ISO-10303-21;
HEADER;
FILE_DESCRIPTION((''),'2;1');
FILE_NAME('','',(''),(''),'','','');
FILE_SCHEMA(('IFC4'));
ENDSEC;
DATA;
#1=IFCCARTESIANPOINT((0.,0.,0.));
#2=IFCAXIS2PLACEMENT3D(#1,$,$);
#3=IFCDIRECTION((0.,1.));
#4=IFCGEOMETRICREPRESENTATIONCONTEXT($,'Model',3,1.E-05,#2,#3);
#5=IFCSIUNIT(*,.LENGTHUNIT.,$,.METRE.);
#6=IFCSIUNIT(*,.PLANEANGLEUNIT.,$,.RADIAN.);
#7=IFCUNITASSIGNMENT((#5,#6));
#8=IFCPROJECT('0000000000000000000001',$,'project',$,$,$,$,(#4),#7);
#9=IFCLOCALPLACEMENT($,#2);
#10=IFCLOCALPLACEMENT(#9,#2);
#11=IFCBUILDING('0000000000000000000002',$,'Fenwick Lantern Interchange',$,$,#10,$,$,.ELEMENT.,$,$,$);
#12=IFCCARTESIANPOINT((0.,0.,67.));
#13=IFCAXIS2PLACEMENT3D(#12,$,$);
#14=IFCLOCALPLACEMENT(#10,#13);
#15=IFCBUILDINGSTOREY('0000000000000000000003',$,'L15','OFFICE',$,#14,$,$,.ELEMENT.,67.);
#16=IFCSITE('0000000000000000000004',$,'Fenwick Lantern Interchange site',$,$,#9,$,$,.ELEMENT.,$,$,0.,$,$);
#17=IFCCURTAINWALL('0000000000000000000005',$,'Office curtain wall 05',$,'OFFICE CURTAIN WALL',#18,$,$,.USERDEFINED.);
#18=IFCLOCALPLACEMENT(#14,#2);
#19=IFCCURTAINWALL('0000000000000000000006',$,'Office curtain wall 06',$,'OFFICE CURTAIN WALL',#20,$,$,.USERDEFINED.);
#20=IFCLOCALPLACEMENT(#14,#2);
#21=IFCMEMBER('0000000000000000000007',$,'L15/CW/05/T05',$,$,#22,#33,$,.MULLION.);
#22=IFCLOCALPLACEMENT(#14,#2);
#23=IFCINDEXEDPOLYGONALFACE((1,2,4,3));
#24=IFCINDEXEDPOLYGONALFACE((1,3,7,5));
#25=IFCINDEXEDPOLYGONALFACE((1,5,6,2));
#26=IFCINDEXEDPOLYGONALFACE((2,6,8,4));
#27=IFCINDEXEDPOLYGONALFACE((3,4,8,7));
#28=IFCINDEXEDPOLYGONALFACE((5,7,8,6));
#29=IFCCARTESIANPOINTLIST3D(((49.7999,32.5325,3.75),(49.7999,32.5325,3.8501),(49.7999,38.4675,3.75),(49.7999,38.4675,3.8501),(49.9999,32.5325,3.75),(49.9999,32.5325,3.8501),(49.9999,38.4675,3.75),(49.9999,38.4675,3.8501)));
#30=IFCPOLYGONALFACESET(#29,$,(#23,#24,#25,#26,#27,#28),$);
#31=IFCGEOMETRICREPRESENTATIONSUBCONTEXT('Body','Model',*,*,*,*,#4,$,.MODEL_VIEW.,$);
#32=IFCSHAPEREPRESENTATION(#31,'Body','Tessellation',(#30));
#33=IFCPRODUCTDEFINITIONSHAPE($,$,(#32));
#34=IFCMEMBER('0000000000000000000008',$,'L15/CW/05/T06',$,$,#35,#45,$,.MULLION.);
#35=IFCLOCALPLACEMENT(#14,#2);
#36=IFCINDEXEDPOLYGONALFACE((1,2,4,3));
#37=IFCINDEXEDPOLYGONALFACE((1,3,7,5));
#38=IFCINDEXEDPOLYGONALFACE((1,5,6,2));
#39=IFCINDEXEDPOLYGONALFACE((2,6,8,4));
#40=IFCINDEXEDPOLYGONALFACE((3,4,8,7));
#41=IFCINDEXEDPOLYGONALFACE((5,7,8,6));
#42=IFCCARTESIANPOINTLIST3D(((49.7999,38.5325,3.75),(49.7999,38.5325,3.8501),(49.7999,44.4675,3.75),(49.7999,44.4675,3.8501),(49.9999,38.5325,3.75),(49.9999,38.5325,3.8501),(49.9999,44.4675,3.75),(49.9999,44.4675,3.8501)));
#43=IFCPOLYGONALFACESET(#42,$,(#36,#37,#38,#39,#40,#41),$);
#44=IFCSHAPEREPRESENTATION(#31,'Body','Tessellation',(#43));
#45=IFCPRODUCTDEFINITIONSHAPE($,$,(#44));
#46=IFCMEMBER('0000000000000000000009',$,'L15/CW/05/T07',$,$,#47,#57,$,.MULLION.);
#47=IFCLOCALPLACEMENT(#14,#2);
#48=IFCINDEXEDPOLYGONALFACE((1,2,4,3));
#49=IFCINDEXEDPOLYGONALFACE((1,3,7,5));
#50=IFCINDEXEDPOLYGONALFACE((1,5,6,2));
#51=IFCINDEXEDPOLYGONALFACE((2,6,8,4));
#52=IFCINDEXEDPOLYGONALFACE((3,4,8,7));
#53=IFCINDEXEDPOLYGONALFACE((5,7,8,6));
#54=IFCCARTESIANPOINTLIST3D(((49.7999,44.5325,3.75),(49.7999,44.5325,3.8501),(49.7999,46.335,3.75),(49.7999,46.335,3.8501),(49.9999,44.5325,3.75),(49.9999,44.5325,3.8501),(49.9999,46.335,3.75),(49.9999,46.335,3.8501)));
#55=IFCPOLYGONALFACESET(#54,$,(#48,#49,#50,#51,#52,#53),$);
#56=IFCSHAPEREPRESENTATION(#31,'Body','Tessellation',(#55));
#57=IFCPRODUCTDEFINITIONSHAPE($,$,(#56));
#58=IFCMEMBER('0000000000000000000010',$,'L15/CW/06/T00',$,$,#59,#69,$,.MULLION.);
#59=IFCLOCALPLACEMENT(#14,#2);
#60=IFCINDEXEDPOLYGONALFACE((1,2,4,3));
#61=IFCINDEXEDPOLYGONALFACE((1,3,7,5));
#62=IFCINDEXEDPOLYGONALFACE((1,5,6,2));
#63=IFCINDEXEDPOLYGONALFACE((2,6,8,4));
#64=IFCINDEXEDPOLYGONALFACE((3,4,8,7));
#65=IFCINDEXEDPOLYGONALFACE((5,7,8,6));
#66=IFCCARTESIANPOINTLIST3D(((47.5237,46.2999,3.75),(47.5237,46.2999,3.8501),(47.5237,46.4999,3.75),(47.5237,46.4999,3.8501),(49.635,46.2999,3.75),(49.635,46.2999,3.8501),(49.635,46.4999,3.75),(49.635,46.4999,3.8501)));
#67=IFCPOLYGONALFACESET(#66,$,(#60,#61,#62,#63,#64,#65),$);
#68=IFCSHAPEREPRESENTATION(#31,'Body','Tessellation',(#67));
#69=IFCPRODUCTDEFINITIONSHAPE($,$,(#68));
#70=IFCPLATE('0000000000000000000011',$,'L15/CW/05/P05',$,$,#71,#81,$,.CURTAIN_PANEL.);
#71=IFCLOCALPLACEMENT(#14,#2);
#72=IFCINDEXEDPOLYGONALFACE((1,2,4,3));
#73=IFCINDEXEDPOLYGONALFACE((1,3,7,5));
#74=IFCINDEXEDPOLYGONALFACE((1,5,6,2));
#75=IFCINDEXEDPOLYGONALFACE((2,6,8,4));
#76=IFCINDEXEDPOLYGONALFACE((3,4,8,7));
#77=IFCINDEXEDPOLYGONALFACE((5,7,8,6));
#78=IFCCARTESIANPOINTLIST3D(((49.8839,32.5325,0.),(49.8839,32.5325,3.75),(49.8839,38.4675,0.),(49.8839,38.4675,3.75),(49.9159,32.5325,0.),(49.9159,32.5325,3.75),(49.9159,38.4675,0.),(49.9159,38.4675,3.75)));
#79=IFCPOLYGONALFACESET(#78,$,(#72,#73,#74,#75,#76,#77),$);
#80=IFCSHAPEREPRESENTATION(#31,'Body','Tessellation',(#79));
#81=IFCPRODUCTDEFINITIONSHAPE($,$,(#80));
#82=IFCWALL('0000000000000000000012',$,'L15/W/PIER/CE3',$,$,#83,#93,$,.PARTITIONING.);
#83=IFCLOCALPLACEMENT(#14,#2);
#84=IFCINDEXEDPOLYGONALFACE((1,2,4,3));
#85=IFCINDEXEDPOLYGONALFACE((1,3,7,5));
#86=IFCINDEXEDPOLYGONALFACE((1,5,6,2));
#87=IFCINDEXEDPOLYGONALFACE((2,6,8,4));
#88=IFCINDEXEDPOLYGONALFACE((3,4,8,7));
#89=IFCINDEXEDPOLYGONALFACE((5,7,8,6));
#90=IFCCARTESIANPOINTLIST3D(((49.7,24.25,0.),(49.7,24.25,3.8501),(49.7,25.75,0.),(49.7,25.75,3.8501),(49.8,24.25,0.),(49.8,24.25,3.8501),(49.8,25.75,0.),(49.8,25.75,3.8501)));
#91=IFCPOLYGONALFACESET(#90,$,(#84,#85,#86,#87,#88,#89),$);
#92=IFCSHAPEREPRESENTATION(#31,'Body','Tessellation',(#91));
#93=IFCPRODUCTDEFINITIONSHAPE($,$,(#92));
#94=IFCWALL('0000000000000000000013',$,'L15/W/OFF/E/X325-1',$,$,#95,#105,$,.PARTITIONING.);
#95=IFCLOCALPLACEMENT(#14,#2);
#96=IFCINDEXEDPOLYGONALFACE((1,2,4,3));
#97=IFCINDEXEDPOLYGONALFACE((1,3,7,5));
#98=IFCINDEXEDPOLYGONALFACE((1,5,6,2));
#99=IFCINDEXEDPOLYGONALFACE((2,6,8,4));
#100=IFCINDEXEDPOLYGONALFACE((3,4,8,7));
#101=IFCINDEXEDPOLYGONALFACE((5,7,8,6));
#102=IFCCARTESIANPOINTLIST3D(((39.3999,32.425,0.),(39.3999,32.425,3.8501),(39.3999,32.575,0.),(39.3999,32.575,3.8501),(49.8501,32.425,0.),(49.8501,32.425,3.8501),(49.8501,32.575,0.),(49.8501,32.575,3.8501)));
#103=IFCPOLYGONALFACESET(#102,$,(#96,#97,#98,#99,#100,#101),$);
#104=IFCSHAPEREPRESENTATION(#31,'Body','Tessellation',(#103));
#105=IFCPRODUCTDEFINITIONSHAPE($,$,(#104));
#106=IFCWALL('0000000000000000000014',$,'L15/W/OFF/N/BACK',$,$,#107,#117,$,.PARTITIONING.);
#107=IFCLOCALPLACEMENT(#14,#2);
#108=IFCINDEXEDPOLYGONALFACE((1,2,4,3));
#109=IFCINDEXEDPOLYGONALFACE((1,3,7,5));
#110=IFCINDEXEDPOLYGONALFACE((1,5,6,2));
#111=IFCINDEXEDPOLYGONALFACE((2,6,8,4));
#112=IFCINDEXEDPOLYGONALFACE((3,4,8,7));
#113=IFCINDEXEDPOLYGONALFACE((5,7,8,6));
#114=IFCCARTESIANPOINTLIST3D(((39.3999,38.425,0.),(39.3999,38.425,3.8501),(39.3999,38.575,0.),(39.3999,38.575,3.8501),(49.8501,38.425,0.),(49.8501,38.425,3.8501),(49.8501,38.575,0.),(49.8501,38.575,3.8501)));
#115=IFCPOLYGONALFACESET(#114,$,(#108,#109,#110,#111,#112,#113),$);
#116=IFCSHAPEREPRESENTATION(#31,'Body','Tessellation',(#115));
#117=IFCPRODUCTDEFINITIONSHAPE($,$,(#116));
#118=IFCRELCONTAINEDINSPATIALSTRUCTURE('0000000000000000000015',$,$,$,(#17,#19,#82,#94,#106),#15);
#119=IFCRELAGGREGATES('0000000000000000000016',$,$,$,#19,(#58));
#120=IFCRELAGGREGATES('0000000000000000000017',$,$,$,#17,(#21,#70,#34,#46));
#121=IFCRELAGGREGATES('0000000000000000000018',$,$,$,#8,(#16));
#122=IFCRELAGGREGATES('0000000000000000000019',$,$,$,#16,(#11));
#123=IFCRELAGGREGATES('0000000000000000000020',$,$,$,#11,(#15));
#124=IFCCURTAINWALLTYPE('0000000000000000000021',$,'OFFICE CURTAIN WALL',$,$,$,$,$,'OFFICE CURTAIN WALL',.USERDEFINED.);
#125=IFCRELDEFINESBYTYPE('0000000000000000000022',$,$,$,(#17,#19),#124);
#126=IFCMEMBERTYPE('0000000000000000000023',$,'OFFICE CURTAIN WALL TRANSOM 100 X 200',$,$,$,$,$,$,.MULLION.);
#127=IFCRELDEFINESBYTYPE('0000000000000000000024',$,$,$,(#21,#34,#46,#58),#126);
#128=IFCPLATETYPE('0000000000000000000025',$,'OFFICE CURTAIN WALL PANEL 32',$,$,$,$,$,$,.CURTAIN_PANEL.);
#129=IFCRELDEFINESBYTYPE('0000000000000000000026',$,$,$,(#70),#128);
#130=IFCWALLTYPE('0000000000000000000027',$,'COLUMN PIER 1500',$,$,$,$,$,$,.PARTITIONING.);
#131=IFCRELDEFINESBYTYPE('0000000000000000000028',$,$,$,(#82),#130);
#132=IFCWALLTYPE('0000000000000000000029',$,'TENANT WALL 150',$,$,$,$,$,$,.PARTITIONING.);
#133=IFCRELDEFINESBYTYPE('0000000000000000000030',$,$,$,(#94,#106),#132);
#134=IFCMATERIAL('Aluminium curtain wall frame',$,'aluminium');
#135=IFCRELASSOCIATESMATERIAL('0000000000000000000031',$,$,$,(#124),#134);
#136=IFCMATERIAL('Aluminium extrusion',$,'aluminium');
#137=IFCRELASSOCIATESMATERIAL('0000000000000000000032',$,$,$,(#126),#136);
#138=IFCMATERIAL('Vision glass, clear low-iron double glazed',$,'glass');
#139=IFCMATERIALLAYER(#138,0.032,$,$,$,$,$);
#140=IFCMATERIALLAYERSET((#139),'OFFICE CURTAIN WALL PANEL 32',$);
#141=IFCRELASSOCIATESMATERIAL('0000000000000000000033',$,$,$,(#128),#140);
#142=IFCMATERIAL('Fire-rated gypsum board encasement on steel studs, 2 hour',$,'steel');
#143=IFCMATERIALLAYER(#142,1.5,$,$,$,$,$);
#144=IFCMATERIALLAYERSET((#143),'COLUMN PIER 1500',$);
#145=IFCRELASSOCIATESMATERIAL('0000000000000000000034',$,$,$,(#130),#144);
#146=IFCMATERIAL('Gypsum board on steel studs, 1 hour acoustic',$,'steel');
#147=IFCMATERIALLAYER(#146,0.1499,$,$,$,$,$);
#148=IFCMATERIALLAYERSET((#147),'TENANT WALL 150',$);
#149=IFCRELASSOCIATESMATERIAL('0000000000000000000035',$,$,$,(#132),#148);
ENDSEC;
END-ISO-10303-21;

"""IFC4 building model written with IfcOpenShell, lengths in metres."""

from ifc_helpers import new_model, si_unit, direction, frame, frame_2d, origin, origin_2d, place, context, subcontext, project, spatial, rectangle, extrude, material, layer, layer_set, material_profile, profile_set, type_object, element, aggregate, save


model = new_model("IFC4")

# Units and contexts
model_context = context("Model", 3, precision=1e-05, world=origin(), true_north=direction((0.0, 1.0)))
body_context = subcontext(model_context, "Body", "Model", "MODEL_VIEW")
ifc_project = project(units=[si_unit("LENGTHUNIT", "METRE"), si_unit("PLANEANGLEUNIT", "RADIAN")], contexts=[model_context])

# Site, building, storey
site_placement = place(None, origin())
site = spatial("IfcSite", under=ifc_project, at=site_placement, Name="Fenwick Lantern Interchange site", CompositionType="ELEMENT", RefElevation=0.0)
building_placement = place(site_placement, origin())
building = spatial("IfcBuilding", under=site, at=building_placement, Name="Fenwick Lantern Interchange", CompositionType="ELEMENT")
storey_placement = place(building_placement, frame((0.0, 0.0, 67.0)))
storey = spatial("IfcBuildingStorey", under=building, at=storey_placement, Name="L15", Description="OFFICE", CompositionType="ELEMENT", Elevation=67.0)

# Curtain wall
ifc_material_1 = material(Name="Aluminium curtain wall frame", Category="aluminium")
curtain_wall_type = type_object("IfcCurtainWallType", Name="OFFICE CURTAIN WALL", ElementType="OFFICE CURTAIN WALL", PredefinedType="USERDEFINED", material=ifc_material_1)
curtain_wall_1_placement = place(storey_placement, origin())
curtain_wall_1 = element("IfcCurtainWall", 1, at=curtain_wall_1_placement, inside=storey, type_object=curtain_wall_type, Name="Office curtain wall 05", ObjectType="OFFICE CURTAIN WALL", PredefinedType="USERDEFINED")
ifc_material_2 = material(Name="Aluminium extrusion", Category="aluminium")

# Curtain wall
curtain_wall_2_placement = place(storey_placement, origin())
curtain_wall_2 = element("IfcCurtainWall", 2, at=curtain_wall_2_placement, inside=storey, type_object=curtain_wall_type, Name="Office curtain wall 06", ObjectType="OFFICE CURTAIN WALL", PredefinedType="USERDEFINED")

# Members
ifc_material_profile_1 = material_profile(ifc_material_2, rectangle(XDim=0.2, YDim=0.1001, at=origin_2d()), Name="OFFICE CURTAIN WALL TRANSOM 100 X 200")
ifc_profile_set_1 = profile_set([ifc_material_profile_1], Name="Aluminium extrusion")
member_type_1 = type_object("IfcMemberType", Name="OFFICE CURTAIN WALL TRANSOM 100 X 200", PredefinedType="MULLION", material=ifc_profile_set_1)
member_1_placement = place(storey_placement, frame((49.8999, 32.5325, 3.8), z_axis=(0.0, 1.0, 0.0), x_axis=(-1.0, 0.0, 0.0)))
member_1 = element("IfcMember", 3, at=member_1_placement, type_object=member_type_1, Name="L15/CW/05/T05", PredefinedType="MULLION", context=body_context, shape_type="SweptSolid", body=[
    extrude(rectangle(XDim=0.2, YDim=0.1001, at=origin_2d()), origin(), (0.0, 0.0, 1.0), 5.9351),
])
member_2_placement = place(storey_placement, frame((49.8999, 38.5325, 3.8), z_axis=(0.0, 1.0, 0.0), x_axis=(-1.0, 0.0, 0.0)))
member_2 = element("IfcMember", 4, at=member_2_placement, type_object=member_type_1, Name="L15/CW/05/T06", PredefinedType="MULLION", context=body_context, shape_type="SweptSolid", body=[
    extrude(rectangle(XDim=0.2, YDim=0.1001, at=origin_2d()), origin(), (0.0, 0.0, 1.0), 5.9351),
])
member_3_placement = place(storey_placement, frame((49.8999, 44.5325, 3.8), z_axis=(0.0, 1.0, 0.0), x_axis=(-1.0, 0.0, 0.0)))
member_3 = element("IfcMember", 5, at=member_3_placement, type_object=member_type_1, Name="L15/CW/05/T07", PredefinedType="MULLION", context=body_context, shape_type="SweptSolid", body=[
    extrude(rectangle(XDim=0.2, YDim=0.1001, at=origin_2d()), origin(), (0.0, 0.0, 1.0), 1.8025),
])
member_4_placement = place(storey_placement, frame((49.635, 46.3999, 3.8), z_axis=(-1.0, 0.0, 0.0), x_axis=(0.0, -1.0, 0.0)))
member_4 = element("IfcMember", 6, at=member_4_placement, type_object=member_type_1, Name="L15/CW/06/T00", PredefinedType="MULLION", context=body_context, shape_type="SweptSolid", body=[
    extrude(rectangle(XDim=0.2, YDim=0.1001, at=origin_2d()), origin(), (0.0, 0.0, 1.0), 2.1113),
])
aggregate(curtain_wall_2, [member_4])

# Plate
ifc_material_3 = material(Name="Vision glass, clear low-iron double glazed", Category="glass")
ifc_layer_1 = layer(ifc_material_3, 0.032)
ifc_layer_set_1 = layer_set([ifc_layer_1], Name="OFFICE CURTAIN WALL PANEL 32")
plate_type = type_object("IfcPlateType", Name="OFFICE CURTAIN WALL PANEL 32", PredefinedType="CURTAIN_PANEL", material=ifc_layer_set_1)
plate_placement = place(storey_placement, frame((49.8999, 35.5, 0.0), z_axis=(0.0, 0.0, 1.0), x_axis=(0.0, 1.0, 0.0)))
plate = element("IfcPlate", 7, at=plate_placement, type_object=plate_type, Name="L15/CW/05/P05", PredefinedType="CURTAIN_PANEL", context=body_context, shape_type="SweptSolid", body=[
    extrude(rectangle(XDim=5.9351, YDim=0.032, at=origin_2d()), origin(), (0.0, 0.0, 1.0), 3.75),
])
aggregate(curtain_wall_1, [member_1, plate, member_2, member_3])

# Walls
ifc_material_4 = material(Name="Fire-rated gypsum board encasement on steel studs, 2 hour", Category="steel")
ifc_layer_2 = layer(ifc_material_4, 1.5)
ifc_layer_set_2 = layer_set([ifc_layer_2], Name="COLUMN PIER 1500")
wall_type_1 = type_object("IfcWallType", Name="COLUMN PIER 1500", PredefinedType="PARTITIONING", material=ifc_layer_set_2)
wall_placement = place(storey_placement, frame((49.8, 25.0, 0.0), z_axis=(0.0, 0.0, 1.0), x_axis=(-1.0, 0.0, 0.0)))
element("IfcWall", 8, at=wall_placement, inside=storey, type_object=wall_type_1, Name="L15/W/PIER/CE3", PredefinedType="PARTITIONING", context=body_context, shape_type="SweptSolid", body=[
    extrude(rectangle(XDim=0.1001, YDim=1.5, at=frame_2d((0.05, 0.0))), origin(), (0.0, 0.0, 1.0), 3.8501),
])
ifc_material_5 = material(Name="Gypsum board on steel studs, 1 hour acoustic", Category="steel")
ifc_layer_3 = layer(ifc_material_5, 0.1499)
ifc_layer_set_3 = layer_set([ifc_layer_3], Name="TENANT WALL 150")
wall_type_2 = type_object("IfcWallType", Name="TENANT WALL 150", PredefinedType="PARTITIONING", material=ifc_layer_set_3)
for number, where, z_axis, x_axis, name in (
    (9, (49.8501, 32.5, 0.0), (0.0, 0.0, 1.0), (-1.0, 0.0, 0.0), "L15/W/OFF/E/X325-1"),
    (10, (49.8501, 38.5, 0.0), (0.0, 0.0, 1.0), (-1.0, 0.0, 0.0), "L15/W/OFF/N/BACK"),
):
    element("IfcWall", number, at=place(storey_placement, frame(where, z_axis=z_axis, x_axis=x_axis)), inside=storey, type_object=wall_type_2, Name=name, PredefinedType="PARTITIONING", context=body_context, shape_type="SweptSolid", body=[
        extrude(rectangle(XDim=10.4502, YDim=0.1499, at=frame_2d((5.2251, 0.0))), origin(), (0.0, 0.0, 1.0), 3.8501),
    ])

save(model, "model.ifc")
